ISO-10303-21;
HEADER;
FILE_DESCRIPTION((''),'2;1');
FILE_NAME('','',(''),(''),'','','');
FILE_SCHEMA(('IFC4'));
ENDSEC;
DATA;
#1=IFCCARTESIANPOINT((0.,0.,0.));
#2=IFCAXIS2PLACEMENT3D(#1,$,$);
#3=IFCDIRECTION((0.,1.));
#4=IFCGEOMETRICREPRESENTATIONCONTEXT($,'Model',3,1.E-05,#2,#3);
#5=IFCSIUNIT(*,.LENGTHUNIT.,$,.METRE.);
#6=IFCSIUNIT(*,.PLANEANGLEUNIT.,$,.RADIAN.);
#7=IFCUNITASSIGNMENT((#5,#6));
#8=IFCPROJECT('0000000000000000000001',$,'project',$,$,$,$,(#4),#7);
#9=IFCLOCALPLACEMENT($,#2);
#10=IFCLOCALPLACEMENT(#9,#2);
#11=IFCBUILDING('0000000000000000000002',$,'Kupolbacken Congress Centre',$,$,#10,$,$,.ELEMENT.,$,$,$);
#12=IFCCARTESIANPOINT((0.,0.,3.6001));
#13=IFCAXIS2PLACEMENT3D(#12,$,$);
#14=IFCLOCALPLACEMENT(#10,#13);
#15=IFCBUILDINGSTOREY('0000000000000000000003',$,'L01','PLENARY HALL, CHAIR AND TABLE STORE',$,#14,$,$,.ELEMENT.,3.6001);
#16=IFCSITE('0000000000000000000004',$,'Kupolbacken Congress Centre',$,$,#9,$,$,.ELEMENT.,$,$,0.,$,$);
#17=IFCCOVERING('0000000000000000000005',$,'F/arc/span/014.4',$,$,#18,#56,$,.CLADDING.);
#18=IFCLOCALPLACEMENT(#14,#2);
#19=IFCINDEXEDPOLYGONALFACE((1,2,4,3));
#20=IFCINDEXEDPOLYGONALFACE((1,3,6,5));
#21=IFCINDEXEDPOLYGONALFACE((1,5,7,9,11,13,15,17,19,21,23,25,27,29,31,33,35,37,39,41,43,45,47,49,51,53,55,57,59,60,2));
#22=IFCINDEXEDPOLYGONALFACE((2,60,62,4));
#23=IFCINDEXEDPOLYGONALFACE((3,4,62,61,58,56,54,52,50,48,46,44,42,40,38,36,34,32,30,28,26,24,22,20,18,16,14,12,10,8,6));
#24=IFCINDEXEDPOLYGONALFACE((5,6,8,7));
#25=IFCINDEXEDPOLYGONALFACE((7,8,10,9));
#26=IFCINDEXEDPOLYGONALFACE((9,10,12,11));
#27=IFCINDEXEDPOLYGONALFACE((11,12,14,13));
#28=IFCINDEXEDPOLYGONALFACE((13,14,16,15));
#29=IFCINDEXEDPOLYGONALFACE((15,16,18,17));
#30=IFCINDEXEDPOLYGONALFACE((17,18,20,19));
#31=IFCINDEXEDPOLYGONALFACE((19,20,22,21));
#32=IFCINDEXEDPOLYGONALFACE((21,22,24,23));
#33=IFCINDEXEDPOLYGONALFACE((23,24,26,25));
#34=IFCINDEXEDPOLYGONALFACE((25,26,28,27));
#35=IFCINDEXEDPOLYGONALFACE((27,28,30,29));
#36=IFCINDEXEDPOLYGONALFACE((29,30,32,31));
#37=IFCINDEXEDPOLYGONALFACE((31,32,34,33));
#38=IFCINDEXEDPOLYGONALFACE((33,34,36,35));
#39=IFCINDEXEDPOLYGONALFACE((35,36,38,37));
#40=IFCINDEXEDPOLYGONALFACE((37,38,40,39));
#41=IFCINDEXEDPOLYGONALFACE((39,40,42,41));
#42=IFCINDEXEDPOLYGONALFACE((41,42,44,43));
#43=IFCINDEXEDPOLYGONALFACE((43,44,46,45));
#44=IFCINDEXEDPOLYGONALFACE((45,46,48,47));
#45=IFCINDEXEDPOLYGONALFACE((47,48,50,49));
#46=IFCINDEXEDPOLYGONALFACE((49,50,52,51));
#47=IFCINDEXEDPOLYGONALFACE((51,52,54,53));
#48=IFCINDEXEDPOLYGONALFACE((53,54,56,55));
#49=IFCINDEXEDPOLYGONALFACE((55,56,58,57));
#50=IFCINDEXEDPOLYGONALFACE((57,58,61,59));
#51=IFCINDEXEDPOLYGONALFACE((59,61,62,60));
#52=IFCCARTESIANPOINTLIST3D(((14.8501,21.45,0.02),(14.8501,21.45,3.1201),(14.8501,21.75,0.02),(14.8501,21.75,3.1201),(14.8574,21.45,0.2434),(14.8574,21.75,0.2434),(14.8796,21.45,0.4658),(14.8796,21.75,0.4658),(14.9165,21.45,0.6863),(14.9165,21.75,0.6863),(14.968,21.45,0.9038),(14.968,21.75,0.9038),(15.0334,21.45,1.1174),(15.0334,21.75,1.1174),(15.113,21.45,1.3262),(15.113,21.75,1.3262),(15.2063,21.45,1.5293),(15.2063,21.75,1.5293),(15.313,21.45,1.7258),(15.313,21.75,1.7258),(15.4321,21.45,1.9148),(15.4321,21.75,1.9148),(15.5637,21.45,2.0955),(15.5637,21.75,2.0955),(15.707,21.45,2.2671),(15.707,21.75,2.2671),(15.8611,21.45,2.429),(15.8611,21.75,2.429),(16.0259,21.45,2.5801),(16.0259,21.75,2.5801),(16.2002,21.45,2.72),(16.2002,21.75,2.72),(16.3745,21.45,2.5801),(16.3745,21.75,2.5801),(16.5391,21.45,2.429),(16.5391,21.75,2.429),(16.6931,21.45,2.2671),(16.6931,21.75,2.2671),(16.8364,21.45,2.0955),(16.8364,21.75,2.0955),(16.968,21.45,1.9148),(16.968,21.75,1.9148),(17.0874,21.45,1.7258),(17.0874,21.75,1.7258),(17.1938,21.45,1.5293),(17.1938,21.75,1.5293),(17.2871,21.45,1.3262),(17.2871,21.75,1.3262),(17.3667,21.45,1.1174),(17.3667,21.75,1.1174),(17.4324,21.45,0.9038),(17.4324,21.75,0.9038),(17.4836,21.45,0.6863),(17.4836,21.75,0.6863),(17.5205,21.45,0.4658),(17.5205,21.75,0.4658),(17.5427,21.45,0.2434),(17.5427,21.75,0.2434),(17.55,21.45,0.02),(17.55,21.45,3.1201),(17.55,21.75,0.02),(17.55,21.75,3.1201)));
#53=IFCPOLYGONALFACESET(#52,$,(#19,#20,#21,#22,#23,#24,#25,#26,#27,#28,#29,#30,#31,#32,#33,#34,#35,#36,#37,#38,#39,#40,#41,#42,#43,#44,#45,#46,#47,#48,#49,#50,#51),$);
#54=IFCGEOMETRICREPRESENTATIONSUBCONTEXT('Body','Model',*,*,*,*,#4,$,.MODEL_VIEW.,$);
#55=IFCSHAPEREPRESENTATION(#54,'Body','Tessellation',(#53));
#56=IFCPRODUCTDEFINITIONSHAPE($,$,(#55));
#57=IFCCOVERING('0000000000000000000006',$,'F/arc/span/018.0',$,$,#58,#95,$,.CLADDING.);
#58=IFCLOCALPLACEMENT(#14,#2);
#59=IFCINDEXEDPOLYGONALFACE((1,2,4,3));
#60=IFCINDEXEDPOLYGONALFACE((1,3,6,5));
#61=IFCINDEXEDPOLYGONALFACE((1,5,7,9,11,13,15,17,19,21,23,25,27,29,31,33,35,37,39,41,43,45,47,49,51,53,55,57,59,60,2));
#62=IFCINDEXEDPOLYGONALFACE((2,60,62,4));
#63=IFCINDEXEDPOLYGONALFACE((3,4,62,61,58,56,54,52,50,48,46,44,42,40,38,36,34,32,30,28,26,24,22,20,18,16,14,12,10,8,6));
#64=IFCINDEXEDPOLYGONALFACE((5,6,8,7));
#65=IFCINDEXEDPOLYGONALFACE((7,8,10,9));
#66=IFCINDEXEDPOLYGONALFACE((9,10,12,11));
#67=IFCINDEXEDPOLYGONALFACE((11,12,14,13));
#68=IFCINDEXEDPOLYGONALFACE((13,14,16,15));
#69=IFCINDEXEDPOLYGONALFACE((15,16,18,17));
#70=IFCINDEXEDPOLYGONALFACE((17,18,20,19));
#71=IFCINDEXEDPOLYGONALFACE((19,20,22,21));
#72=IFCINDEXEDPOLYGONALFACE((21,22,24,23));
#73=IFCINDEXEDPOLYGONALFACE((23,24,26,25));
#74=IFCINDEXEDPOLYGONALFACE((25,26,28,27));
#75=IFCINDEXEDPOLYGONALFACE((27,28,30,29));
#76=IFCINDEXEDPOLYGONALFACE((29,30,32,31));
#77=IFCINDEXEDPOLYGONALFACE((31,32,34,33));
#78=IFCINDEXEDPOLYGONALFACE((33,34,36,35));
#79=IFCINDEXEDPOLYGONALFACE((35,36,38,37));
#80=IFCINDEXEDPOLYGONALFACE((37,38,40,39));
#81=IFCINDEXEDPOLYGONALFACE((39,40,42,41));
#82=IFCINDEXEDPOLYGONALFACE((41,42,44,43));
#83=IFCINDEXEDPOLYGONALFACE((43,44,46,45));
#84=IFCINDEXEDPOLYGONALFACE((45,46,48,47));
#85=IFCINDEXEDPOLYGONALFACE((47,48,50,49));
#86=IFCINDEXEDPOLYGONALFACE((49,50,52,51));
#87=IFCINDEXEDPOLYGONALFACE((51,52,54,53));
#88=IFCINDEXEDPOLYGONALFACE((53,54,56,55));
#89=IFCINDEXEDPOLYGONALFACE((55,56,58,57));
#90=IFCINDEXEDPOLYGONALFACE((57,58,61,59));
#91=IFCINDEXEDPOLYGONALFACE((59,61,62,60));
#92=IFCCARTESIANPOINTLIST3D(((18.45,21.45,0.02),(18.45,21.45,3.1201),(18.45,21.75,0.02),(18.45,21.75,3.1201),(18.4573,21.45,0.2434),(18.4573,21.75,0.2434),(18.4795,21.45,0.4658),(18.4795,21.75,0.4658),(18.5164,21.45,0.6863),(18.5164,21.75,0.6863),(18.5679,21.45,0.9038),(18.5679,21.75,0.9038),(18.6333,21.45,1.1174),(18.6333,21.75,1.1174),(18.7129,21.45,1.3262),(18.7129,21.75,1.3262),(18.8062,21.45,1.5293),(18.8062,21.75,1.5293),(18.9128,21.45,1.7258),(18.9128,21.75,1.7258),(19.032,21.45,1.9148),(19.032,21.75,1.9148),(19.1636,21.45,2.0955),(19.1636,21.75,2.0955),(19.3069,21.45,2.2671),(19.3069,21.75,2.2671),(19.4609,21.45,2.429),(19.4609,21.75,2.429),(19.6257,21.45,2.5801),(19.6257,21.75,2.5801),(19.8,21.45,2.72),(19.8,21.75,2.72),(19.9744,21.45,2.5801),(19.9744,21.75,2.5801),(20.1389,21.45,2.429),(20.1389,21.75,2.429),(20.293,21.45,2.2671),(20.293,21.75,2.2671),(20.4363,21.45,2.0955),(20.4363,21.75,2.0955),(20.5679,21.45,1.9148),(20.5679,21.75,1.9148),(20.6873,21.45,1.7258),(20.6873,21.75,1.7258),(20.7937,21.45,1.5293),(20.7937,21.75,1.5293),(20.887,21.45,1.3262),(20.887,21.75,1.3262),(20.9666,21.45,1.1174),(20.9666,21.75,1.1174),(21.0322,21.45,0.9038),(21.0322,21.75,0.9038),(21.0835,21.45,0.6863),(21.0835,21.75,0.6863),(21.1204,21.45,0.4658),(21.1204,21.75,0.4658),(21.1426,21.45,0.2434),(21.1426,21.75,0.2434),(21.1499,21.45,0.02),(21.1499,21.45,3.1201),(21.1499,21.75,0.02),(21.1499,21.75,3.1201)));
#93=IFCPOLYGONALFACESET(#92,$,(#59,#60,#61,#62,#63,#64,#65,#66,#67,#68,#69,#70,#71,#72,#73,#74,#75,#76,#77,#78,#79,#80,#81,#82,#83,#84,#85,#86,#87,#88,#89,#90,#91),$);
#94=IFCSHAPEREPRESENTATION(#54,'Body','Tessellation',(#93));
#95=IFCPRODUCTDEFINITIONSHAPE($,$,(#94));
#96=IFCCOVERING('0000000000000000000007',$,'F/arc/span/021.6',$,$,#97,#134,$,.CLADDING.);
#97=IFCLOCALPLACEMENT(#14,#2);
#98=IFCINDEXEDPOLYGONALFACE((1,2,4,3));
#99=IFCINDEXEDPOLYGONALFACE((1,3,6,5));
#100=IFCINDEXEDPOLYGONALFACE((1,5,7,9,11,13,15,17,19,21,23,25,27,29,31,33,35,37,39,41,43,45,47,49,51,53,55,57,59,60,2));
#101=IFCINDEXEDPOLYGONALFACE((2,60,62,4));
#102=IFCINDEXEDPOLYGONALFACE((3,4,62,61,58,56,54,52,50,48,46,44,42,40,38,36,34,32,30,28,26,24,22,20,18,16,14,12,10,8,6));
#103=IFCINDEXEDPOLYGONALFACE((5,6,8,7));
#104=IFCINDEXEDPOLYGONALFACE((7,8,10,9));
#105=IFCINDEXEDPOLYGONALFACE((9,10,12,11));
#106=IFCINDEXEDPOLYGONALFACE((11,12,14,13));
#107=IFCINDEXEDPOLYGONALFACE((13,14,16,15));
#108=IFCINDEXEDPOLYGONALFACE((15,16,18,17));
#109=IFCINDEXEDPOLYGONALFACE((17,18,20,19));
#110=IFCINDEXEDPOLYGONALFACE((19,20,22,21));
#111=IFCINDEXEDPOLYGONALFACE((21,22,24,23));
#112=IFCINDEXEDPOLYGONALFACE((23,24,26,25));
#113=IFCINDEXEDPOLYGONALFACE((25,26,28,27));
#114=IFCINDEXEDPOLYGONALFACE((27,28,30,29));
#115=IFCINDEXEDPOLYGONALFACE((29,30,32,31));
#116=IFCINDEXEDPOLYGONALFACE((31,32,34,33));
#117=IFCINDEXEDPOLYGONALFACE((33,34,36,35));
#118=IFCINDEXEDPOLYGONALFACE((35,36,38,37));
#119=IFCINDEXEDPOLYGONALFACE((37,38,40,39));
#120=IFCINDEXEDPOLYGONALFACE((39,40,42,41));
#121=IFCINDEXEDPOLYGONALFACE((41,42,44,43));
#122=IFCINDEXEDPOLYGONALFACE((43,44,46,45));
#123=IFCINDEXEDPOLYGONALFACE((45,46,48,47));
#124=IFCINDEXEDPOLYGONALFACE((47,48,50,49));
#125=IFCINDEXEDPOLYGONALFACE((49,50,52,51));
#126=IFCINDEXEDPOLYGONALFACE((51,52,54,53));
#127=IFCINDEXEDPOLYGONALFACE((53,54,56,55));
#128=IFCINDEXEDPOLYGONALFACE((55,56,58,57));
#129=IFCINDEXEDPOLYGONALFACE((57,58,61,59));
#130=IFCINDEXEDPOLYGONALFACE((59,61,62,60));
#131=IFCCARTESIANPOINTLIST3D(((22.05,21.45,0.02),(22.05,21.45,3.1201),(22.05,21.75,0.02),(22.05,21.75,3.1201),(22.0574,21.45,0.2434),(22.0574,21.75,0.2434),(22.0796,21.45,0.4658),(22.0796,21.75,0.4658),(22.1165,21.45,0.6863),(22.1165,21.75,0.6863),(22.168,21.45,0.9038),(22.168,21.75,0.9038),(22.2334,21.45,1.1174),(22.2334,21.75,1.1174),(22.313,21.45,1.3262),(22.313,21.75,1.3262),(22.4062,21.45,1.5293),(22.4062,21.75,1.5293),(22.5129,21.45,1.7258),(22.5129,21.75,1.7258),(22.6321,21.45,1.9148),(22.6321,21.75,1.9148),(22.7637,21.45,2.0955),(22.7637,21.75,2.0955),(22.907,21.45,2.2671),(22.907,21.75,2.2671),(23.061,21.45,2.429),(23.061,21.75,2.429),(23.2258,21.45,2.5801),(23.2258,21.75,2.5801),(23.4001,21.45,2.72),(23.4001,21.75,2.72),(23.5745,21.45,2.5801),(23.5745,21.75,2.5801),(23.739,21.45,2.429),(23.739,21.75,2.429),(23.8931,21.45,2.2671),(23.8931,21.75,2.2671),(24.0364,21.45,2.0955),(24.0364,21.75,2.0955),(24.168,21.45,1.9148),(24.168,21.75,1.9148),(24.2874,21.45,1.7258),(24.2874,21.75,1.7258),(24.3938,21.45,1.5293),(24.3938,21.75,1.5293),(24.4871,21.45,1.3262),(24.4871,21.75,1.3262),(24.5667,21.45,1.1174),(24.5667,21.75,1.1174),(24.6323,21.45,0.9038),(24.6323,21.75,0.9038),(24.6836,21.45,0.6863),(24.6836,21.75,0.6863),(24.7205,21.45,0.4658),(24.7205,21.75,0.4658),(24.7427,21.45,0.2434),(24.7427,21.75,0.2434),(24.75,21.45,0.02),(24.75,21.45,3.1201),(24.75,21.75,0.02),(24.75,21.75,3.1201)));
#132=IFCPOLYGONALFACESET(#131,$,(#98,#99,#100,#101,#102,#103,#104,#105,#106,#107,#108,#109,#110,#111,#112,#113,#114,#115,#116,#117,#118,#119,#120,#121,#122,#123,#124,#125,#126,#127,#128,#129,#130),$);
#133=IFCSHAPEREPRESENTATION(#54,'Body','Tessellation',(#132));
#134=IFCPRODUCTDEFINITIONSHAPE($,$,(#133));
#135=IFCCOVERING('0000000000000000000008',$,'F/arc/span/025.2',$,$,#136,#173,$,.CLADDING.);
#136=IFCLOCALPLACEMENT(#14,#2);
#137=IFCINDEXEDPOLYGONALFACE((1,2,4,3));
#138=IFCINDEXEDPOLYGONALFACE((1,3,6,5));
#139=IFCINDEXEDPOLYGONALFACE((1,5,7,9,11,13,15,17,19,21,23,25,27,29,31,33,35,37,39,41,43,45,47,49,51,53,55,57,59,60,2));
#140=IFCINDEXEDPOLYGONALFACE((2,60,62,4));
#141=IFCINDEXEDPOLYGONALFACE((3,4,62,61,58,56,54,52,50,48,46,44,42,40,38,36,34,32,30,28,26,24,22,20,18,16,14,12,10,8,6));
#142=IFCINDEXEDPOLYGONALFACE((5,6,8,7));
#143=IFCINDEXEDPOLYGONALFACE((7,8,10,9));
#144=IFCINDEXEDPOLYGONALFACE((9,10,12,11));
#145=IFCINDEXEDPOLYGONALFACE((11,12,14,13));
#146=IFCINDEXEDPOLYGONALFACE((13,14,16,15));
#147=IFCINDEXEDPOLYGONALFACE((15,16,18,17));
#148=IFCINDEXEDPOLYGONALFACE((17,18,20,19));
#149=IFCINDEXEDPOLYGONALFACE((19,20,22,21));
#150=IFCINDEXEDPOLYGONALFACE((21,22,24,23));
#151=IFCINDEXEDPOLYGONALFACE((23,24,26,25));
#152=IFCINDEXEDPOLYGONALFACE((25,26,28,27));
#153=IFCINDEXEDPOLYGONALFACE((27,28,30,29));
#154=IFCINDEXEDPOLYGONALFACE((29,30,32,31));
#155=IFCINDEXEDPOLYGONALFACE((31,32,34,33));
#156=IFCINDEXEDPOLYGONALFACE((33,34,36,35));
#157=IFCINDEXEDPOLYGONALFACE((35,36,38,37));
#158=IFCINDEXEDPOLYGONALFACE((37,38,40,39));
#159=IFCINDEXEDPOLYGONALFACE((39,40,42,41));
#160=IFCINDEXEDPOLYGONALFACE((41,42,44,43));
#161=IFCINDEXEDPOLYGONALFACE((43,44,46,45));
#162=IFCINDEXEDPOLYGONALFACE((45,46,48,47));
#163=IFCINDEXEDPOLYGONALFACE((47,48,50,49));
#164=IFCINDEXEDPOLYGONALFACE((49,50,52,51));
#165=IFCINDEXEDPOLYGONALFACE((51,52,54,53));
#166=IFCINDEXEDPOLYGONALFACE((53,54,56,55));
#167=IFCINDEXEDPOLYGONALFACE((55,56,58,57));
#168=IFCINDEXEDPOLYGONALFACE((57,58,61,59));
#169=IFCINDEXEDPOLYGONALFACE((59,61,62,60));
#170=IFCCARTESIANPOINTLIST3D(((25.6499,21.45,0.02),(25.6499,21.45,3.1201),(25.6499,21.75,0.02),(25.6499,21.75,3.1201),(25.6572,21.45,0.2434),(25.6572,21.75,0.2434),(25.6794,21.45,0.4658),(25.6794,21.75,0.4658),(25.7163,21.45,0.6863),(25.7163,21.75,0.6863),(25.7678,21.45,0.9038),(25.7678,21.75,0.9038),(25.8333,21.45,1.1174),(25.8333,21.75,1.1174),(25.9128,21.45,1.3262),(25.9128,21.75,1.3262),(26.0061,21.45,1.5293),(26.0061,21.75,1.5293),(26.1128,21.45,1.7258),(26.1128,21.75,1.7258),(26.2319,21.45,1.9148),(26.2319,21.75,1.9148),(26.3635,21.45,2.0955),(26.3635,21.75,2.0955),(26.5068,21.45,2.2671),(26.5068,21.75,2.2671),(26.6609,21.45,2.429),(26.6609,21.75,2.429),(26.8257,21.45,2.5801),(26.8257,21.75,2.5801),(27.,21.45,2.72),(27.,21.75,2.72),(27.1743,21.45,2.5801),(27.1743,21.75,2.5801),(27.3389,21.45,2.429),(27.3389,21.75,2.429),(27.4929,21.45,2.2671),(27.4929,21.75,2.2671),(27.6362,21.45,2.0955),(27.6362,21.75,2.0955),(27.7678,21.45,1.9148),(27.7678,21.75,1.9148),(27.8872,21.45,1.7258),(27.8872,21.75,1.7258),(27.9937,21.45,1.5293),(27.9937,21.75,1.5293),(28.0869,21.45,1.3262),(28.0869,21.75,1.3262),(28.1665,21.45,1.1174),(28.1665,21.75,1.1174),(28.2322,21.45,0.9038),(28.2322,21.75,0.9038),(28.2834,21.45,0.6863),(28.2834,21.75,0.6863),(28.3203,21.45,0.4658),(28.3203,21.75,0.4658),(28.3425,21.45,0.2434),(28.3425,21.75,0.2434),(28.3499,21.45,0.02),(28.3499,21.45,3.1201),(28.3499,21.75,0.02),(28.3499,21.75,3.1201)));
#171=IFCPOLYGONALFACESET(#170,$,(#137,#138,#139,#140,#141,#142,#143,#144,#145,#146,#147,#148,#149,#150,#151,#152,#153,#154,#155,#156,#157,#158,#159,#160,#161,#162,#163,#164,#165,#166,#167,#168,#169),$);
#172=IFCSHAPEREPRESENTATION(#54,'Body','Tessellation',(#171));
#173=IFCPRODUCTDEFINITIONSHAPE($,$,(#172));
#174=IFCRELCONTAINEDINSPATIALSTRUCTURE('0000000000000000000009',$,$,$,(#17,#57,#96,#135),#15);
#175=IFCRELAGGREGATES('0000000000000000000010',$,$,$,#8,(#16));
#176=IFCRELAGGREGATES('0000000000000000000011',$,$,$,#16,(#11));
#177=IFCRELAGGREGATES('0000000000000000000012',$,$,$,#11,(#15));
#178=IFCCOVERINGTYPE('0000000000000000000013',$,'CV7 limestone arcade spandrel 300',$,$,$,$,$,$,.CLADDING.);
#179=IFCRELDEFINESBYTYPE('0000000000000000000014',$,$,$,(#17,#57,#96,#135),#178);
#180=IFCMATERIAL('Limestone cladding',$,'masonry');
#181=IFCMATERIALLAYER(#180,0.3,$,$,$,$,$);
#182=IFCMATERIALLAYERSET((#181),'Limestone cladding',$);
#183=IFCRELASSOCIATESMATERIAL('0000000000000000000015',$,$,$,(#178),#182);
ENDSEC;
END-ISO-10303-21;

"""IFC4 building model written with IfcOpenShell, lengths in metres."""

from ifc_helpers import new_model, si_unit, direction, frame, origin, place, context, subcontext, project, spatial, polyline, outline, extrude, material, layer, layer_set, type_object, element, save


model = new_model("IFC4")

# Units and contexts
model_context = context("Model", 3, precision=1e-05, world=origin(), true_north=direction((0.0, 1.0)))
body_context = subcontext(model_context, "Body", "Model", "MODEL_VIEW")
ifc_project = project(units=[si_unit("LENGTHUNIT", "METRE"), si_unit("PLANEANGLEUNIT", "RADIAN")], contexts=[model_context])

# Site, building, storey
site_placement = place(None, origin())
site = spatial("IfcSite", under=ifc_project, at=site_placement, Name="Kupolbacken Congress Centre", CompositionType="ELEMENT", RefElevation=0.0)
building_placement = place(site_placement, origin())
building = spatial("IfcBuilding", under=site, at=building_placement, Name="Kupolbacken Congress Centre", CompositionType="ELEMENT")
storey_placement = place(building_placement, frame((0.0, 0.0, 3.6001)))
storey = spatial("IfcBuildingStorey", under=building, at=storey_placement, Name="L01", Description="PLENARY HALL, CHAIR AND TABLE STORE", CompositionType="ELEMENT", Elevation=3.6001)

# Coverings
ifc_material_1 = material(Name="Limestone cladding", Category="masonry")
ifc_layer_1 = layer(ifc_material_1, 0.3)
ifc_layer_set_1 = layer_set([ifc_layer_1], Name="Limestone cladding")
covering_type_1 = type_object("IfcCoveringType", Name="CV7 limestone arcade spandrel 300", PredefinedType="CLADDING", material=ifc_layer_set_1)
for number, where, z_axis, x_axis, name in (
    (1, (14.8501, 21.45, 0.02), (0.0, 1.0, 0.0), (-1.0, 0.0, 0.0), "F/arc/span/014.4"),
):
    element("IfcCovering", number, at=place(storey_placement, frame(where, z_axis=z_axis, x_axis=x_axis)), inside=storey, type_object=covering_type_1, Name=name, PredefinedType="CLADDING", context=body_context, shape_type="SweptSolid", body=[
        extrude(outline(polyline([(0.0, 0.0), (0.0, 3.1001), (-2.7, 3.1001), (-2.7, 0.0), (-2.6926, 0.2234), (-2.6704, 0.4458), (-2.6335, 0.6663), (-2.5823, 0.8838), (-2.5166, 1.0974), (-2.437, 1.3062), (-2.3438, 1.5093), (-2.2373, 1.7058), (-2.1179, 1.8948), (-1.9863, 2.0754), (-1.843, 2.2471), (-1.689, 2.4089), (-1.5244, 2.5601), (-1.3501, 2.7), (-1.1758, 2.5601), (-1.011, 2.4089), (-0.8569, 2.2471), (-0.7136, 2.0754), (-0.582, 1.8948), (-0.4629, 1.7058), (-0.3562, 1.5093), (-0.2629, 1.3062), (-0.1833, 1.0974), (-0.1179, 0.8838), (-0.0664, 0.6663), (-0.0295, 0.4458), (-0.0073, 0.2234), (0.0, 0.0)])), origin(), (0.0, 0.0, 1.0), 0.3),
    ])
covering_1_placement = place(storey_placement, frame((18.45, 21.45, 0.02), z_axis=(0.0, 1.0, 0.0), x_axis=(-1.0, 0.0, 0.0)))
element("IfcCovering", 2, at=covering_1_placement, inside=storey, type_object=covering_type_1, Name="F/arc/span/018.0", PredefinedType="CLADDING", context=body_context, shape_type="SweptSolid", body=[
    extrude(outline(polyline([(0.0, 0.0), (0.0, 3.1001), (-2.7, 3.1001), (-2.7, 0.0), (-2.6926, 0.2234), (-2.6704, 0.4458), (-2.6335, 0.6663), (-2.5823, 0.8838), (-2.5166, 1.0974), (-2.437, 1.3062), (-2.3438, 1.5093), (-2.2373, 1.7058), (-2.1179, 1.8948), (-1.9863, 2.0754), (-1.843, 2.2471), (-1.689, 2.4089), (-1.5244, 2.5601), (-1.3501, 2.7), (-1.1758, 2.5601), (-1.011, 2.4089), (-0.8569, 2.2471), (-0.7136, 2.0754), (-0.582, 1.8948), (-0.4629, 1.7058), (-0.3562, 1.5093), (-0.2629, 1.3062), (-0.1833, 1.0974), (-0.1179, 0.8838), (-0.0664, 0.6663), (-0.0295, 0.4458), (-0.0073, 0.2234), (0.0, 0.0)])), origin(), (0.0, 0.0, 1.0), 0.3),
])
covering_2_placement = place(storey_placement, frame((22.05, 21.45, 0.02), z_axis=(0.0, 1.0, 0.0), x_axis=(-1.0, 0.0, 0.0)))
element("IfcCovering", 3, at=covering_2_placement, inside=storey, type_object=covering_type_1, Name="F/arc/span/021.6", PredefinedType="CLADDING", context=body_context, shape_type="SweptSolid", body=[
    extrude(outline(polyline([(0.0, 0.0), (0.0, 3.1001), (-2.7, 3.1001), (-2.7, 0.0), (-2.6926, 0.2234), (-2.6704, 0.4458), (-2.6335, 0.6663), (-2.5823, 0.8838), (-2.5166, 1.0974), (-2.437, 1.3062), (-2.3438, 1.5093), (-2.2373, 1.7058), (-2.1179, 1.8948), (-1.9863, 2.0754), (-1.843, 2.2471), (-1.689, 2.4089), (-1.5244, 2.5601), (-1.3501, 2.7), (-1.1758, 2.5601), (-1.011, 2.4089), (-0.8569, 2.2471), (-0.7136, 2.0754), (-0.582, 1.8948), (-0.4629, 1.7058), (-0.3562, 1.5093), (-0.2629, 1.3062), (-0.1833, 1.0974), (-0.1179, 0.8838), (-0.0664, 0.6663), (-0.0295, 0.4458), (-0.0073, 0.2234), (0.0, 0.0)])), origin(), (0.0, 0.0, 1.0), 0.3),
])
covering_3_placement = place(storey_placement, frame((25.6499, 21.45, 0.02), z_axis=(0.0, 1.0, 0.0), x_axis=(-1.0, 0.0, 0.0)))
element("IfcCovering", 4, at=covering_3_placement, inside=storey, type_object=covering_type_1, Name="F/arc/span/025.2", PredefinedType="CLADDING", context=body_context, shape_type="SweptSolid", body=[
    extrude(outline(polyline([(0.0, 0.0), (0.0, 3.1001), (-2.7, 3.1001), (-2.7, 0.0), (-2.6926, 0.2234), (-2.6704, 0.4458), (-2.6335, 0.6663), (-2.5823, 0.8838), (-2.5166, 1.0974), (-2.437, 1.3062), (-2.3438, 1.5093), (-2.2373, 1.7058), (-2.1179, 1.8948), (-1.9863, 2.0754), (-1.843, 2.2471), (-1.689, 2.4089), (-1.5244, 2.5601), (-1.3501, 2.7), (-1.1758, 2.5601), (-1.011, 2.4089), (-0.8569, 2.2471), (-0.7136, 2.0754), (-0.582, 1.8948), (-0.4629, 1.7058), (-0.3562, 1.5093), (-0.2629, 1.3062), (-0.1833, 1.0974), (-0.1179, 0.8838), (-0.0664, 0.6663), (-0.0295, 0.4458), (-0.0073, 0.2234), (0.0, 0.0)])), origin(), (0.0, 0.0, 1.0), 0.3),
])

save(model, "model.ifc")
